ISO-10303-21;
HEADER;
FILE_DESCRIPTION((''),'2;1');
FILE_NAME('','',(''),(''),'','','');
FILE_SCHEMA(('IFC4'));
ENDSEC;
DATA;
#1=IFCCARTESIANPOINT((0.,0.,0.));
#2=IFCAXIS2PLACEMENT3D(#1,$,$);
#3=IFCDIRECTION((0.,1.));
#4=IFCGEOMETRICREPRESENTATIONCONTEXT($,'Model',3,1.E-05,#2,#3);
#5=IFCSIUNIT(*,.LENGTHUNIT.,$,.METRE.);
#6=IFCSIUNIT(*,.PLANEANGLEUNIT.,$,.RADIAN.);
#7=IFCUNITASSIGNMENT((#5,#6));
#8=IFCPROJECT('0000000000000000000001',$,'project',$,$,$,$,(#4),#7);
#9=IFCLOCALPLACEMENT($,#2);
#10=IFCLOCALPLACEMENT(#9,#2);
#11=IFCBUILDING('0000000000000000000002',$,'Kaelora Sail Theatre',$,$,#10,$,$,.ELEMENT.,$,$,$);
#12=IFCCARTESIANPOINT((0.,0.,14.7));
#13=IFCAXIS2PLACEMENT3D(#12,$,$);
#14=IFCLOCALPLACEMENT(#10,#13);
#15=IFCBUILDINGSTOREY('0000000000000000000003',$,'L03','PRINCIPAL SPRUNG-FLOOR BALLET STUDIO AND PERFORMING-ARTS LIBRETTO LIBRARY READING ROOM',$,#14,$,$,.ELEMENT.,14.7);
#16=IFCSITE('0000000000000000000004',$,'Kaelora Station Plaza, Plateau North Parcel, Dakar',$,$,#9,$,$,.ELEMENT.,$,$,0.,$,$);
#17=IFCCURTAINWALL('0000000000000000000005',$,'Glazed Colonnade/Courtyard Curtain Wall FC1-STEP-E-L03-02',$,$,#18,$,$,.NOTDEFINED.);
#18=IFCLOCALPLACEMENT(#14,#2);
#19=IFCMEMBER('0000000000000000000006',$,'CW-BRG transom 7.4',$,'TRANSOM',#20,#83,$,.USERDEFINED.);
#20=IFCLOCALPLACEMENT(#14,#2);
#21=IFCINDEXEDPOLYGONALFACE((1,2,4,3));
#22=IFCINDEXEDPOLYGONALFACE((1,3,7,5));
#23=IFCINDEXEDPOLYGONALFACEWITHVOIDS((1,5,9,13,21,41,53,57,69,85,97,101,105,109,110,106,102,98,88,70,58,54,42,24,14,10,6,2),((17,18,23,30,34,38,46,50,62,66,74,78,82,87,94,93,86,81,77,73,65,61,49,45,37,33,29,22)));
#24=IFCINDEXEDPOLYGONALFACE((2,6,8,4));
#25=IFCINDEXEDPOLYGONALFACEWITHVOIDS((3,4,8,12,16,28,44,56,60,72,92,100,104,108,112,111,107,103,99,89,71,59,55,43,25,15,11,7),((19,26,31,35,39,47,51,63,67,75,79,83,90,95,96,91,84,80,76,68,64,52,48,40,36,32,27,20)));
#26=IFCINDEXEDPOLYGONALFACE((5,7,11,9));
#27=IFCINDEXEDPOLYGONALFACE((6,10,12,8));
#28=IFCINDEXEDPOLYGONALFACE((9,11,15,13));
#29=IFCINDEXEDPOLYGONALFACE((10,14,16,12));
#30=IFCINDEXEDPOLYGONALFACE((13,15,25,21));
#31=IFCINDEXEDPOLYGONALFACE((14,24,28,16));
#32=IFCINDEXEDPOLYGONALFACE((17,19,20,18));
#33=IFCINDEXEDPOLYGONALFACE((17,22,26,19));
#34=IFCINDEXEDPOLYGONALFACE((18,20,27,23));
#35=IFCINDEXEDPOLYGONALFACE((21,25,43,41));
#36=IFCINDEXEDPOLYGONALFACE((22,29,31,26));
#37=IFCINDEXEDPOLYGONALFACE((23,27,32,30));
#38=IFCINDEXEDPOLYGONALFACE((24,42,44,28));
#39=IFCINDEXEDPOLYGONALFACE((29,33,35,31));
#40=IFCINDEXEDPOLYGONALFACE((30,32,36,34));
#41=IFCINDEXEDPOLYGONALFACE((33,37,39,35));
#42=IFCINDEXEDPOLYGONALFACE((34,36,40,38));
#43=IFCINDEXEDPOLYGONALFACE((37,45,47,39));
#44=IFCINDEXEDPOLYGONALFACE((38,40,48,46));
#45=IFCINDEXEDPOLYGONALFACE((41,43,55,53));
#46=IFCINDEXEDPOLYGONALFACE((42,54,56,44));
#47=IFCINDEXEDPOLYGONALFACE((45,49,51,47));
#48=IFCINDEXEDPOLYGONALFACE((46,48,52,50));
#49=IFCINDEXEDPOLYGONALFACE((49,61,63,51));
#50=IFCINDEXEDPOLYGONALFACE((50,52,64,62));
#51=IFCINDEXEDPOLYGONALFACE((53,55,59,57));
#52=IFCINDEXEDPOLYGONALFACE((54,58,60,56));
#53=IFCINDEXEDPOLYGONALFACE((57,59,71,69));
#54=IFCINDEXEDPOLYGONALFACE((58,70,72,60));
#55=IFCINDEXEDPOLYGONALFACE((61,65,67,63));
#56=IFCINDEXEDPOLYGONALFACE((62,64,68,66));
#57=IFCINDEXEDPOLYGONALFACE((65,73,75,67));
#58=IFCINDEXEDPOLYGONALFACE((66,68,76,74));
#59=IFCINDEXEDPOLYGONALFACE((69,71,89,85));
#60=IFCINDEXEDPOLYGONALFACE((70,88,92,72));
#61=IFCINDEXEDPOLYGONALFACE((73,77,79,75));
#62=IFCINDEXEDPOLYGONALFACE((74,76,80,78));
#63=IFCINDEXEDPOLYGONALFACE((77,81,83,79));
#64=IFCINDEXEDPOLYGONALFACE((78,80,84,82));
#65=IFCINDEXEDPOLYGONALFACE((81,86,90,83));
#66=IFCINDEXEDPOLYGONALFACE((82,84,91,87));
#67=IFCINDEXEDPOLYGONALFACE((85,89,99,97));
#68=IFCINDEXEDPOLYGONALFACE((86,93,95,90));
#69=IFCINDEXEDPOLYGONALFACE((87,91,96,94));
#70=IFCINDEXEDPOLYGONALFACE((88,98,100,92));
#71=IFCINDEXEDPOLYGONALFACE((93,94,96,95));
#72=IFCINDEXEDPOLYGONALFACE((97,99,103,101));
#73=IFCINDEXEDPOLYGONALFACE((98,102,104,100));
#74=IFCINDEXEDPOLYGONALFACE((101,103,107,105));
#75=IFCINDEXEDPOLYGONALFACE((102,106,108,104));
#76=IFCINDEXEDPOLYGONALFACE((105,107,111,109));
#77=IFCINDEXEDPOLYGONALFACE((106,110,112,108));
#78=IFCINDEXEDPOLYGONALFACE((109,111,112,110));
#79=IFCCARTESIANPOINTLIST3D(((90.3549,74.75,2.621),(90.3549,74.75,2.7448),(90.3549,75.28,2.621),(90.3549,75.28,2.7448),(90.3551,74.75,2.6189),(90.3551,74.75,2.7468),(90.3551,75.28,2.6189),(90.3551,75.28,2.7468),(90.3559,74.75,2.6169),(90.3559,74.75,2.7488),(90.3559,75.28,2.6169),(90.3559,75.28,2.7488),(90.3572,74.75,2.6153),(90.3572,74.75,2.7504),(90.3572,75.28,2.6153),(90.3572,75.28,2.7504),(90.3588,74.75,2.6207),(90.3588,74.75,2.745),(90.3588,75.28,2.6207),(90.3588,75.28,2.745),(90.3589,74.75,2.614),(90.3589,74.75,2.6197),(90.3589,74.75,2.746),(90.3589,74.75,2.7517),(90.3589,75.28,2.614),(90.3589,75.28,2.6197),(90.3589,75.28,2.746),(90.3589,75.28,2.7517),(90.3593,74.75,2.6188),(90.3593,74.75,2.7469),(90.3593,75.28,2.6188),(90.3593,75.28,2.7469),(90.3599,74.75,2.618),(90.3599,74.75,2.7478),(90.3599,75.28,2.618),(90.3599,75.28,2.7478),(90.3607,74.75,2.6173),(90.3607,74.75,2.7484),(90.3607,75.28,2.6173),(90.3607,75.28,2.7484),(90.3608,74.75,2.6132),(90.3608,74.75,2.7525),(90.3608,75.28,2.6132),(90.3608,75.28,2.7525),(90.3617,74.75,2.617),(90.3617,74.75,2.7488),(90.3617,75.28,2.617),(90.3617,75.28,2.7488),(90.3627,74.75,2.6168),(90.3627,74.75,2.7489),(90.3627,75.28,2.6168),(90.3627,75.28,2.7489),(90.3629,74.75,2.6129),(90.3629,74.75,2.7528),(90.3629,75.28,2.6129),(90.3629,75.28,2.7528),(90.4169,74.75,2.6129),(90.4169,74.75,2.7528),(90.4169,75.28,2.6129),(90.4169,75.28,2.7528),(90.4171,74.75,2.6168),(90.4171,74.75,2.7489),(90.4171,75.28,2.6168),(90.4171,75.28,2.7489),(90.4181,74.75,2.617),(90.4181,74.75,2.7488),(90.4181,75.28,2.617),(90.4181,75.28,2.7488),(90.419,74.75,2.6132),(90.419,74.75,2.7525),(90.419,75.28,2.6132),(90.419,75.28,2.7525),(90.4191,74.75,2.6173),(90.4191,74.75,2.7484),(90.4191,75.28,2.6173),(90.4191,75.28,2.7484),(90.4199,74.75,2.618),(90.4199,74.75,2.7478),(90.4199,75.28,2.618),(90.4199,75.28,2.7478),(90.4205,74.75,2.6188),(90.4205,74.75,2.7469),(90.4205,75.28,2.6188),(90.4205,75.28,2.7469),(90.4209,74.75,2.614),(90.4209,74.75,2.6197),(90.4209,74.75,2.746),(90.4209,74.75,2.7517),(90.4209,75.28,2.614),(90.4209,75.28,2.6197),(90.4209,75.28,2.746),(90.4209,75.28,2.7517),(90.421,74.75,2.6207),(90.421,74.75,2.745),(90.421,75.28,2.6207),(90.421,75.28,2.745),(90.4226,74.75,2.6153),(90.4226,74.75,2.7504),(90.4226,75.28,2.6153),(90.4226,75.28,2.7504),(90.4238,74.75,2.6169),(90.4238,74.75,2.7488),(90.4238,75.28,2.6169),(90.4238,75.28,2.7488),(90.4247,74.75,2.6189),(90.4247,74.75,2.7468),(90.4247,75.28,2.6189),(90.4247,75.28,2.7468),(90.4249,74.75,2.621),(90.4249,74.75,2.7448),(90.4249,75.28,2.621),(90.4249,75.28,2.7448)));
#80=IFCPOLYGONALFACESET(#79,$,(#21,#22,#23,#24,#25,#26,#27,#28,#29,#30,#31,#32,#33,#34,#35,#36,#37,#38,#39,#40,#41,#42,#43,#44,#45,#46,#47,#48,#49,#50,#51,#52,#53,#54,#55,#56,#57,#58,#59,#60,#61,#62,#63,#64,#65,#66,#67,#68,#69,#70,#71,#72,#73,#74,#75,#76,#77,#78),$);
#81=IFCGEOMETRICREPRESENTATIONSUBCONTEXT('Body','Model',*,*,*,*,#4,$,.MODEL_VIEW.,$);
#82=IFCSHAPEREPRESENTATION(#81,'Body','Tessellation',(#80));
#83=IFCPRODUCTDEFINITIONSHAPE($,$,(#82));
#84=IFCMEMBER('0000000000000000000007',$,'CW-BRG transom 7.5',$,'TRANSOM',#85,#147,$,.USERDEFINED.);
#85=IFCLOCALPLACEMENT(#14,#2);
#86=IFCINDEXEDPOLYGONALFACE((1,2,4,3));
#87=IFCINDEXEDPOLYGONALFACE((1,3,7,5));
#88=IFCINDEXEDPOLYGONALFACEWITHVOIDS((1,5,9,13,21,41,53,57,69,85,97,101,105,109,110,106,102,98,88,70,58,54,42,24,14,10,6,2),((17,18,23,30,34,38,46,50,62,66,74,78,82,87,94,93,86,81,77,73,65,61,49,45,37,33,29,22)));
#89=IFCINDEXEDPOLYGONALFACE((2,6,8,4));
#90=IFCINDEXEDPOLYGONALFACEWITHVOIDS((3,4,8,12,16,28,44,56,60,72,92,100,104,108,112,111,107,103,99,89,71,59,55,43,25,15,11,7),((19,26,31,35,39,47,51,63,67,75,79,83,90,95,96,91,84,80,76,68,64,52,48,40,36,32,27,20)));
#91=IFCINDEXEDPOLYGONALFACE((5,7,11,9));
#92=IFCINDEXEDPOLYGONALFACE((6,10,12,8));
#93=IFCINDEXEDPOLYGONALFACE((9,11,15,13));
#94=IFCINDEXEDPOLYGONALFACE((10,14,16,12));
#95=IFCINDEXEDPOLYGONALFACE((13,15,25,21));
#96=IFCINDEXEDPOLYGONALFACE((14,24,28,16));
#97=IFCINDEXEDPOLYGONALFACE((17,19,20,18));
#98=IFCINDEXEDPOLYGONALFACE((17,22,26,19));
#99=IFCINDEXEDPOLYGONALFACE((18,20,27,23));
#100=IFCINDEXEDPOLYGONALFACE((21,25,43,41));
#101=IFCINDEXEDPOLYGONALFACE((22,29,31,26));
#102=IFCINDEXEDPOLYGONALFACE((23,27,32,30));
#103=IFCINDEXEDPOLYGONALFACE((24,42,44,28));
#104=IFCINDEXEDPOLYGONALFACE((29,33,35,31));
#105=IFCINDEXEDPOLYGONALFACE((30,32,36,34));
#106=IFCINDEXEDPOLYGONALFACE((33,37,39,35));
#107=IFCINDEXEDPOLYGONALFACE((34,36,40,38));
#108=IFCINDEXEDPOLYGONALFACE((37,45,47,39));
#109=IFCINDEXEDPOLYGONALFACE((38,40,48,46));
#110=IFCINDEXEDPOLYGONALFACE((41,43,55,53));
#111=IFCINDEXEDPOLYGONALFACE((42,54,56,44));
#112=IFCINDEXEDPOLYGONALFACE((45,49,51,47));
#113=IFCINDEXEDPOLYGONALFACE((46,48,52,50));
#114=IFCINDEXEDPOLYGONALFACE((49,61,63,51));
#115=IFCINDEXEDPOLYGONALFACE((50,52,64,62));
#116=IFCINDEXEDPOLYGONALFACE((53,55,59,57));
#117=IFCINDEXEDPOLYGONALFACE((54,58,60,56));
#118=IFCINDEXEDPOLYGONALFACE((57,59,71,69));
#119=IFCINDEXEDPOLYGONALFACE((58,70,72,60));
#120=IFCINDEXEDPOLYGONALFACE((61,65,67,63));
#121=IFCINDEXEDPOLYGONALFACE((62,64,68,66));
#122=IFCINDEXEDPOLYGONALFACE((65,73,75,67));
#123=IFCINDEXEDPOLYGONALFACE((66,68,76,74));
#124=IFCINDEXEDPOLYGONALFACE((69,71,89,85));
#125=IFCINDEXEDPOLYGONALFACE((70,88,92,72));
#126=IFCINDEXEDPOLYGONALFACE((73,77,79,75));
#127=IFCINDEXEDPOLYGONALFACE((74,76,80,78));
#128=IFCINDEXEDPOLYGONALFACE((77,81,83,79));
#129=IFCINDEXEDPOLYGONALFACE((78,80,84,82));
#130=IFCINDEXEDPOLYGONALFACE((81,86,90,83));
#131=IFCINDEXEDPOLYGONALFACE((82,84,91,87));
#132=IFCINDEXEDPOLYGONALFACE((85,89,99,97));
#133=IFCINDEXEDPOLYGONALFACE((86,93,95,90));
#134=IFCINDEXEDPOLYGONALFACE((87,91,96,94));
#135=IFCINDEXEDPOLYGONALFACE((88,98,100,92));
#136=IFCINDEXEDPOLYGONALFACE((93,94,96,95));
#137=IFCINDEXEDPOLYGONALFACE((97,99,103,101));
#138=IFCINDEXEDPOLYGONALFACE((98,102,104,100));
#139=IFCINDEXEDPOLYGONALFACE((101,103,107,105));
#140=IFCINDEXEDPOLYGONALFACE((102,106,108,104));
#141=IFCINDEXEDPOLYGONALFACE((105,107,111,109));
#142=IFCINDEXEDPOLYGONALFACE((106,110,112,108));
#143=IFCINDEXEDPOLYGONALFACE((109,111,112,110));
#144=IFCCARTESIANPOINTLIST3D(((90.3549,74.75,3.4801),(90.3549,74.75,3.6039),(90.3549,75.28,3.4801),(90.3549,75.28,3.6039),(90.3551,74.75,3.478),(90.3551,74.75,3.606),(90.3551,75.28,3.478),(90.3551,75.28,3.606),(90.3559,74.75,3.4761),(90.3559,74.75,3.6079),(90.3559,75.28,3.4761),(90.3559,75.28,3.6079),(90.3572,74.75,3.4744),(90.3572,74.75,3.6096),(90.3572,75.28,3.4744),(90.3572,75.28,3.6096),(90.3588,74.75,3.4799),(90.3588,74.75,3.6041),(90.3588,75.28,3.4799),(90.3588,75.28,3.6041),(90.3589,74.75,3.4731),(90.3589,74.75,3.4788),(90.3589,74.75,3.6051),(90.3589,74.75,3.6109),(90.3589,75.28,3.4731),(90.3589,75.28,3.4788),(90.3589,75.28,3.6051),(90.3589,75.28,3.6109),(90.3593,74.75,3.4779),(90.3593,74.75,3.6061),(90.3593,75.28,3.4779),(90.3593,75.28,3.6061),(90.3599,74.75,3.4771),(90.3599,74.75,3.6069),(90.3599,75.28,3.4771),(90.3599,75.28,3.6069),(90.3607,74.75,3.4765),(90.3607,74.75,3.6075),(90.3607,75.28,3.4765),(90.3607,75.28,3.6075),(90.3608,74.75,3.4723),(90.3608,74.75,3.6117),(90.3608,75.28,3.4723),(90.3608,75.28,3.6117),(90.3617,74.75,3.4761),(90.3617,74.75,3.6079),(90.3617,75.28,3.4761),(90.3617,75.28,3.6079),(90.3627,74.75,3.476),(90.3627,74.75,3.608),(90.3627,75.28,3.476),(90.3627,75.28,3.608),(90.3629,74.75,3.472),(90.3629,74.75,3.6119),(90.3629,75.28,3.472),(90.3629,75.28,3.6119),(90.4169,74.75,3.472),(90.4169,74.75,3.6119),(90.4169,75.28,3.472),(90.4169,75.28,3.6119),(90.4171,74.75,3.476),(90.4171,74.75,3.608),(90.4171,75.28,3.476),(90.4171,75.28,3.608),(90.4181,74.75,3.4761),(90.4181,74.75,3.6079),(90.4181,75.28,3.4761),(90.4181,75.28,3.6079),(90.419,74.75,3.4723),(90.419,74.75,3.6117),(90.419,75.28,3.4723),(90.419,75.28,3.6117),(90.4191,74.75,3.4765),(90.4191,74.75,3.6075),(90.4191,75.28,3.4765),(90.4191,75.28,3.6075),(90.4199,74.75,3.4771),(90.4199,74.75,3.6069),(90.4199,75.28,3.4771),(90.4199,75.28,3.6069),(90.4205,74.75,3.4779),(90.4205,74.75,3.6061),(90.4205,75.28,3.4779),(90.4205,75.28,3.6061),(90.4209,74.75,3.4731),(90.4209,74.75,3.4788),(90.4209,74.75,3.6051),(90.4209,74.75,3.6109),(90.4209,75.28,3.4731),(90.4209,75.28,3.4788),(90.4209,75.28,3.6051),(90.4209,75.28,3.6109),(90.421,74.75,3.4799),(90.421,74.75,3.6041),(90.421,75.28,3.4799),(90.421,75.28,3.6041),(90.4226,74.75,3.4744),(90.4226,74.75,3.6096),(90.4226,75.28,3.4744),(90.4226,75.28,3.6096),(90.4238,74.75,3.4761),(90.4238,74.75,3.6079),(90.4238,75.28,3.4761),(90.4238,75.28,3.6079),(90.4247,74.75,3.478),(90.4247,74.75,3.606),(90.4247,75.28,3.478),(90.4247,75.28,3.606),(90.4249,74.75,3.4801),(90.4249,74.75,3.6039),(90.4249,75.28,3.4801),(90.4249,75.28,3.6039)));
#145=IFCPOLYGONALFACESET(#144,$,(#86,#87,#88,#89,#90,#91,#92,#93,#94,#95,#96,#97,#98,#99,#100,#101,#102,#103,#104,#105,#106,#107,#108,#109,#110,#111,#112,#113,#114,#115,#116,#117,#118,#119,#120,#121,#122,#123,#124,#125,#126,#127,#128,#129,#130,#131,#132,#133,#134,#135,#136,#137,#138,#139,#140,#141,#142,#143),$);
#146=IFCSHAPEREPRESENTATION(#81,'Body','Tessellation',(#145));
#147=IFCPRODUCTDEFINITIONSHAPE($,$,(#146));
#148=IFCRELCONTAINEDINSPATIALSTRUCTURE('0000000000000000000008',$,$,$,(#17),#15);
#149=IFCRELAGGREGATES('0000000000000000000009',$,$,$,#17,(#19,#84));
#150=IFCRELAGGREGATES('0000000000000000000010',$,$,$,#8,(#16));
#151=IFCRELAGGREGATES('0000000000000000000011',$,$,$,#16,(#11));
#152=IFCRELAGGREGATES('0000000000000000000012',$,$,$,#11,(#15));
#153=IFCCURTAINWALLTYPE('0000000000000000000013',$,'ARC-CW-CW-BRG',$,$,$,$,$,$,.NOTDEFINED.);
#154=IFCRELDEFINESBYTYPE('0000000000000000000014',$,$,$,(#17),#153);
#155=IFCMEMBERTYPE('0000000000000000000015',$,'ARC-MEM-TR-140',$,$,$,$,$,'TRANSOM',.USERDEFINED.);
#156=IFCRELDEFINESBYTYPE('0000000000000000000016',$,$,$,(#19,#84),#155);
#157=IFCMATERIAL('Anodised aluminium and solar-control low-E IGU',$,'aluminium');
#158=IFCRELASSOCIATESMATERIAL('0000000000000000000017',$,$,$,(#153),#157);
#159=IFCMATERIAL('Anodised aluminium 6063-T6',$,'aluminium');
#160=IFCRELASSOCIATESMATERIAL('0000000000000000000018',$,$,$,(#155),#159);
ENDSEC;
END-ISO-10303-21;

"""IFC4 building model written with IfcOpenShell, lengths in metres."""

from ifc_helpers import new_model, si_unit, direction, frame, origin, origin_2d, place, context, subcontext, project, spatial, hollow_rectangle, extrude, material, material_profile, profile_set, type_object, element, aggregate, save


model = new_model("IFC4")

# Units and contexts
model_context = context("Model", 3, precision=1e-05, world=origin(), true_north=direction((0.0, 1.0)))
body_context = subcontext(model_context, "Body", "Model", "MODEL_VIEW")
ifc_project = project(units=[si_unit("LENGTHUNIT", "METRE"), si_unit("PLANEANGLEUNIT", "RADIAN")], contexts=[model_context])

# Site, building, storey
site_placement = place(None, origin())
site = spatial("IfcSite", under=ifc_project, at=site_placement, Name="Kaelora Station Plaza, Plateau North Parcel, Dakar", CompositionType="ELEMENT", RefElevation=0.0)
building_placement = place(site_placement, origin())
building = spatial("IfcBuilding", under=site, at=building_placement, Name="Kaelora Sail Theatre", CompositionType="ELEMENT")
storey_placement = place(building_placement, frame((0.0, 0.0, 14.7)))
storey = spatial("IfcBuildingStorey", under=building, at=storey_placement, Name="L03", Description="PRINCIPAL SPRUNG-FLOOR BALLET STUDIO AND PERFORMING-ARTS LIBRETTO LIBRARY READING ROOM", CompositionType="ELEMENT", Elevation=14.7)

# Curtain wall
ifc_material_1 = material(Name="Anodised aluminium and solar-control low-E IGU", Category="aluminium")
curtain_wall_type = type_object("IfcCurtainWallType", Name="ARC-CW-CW-BRG", PredefinedType="NOTDEFINED", material=ifc_material_1)
curtain_wall_1_placement = place(storey_placement, origin())
curtain_wall_1 = element("IfcCurtainWall", 1, at=curtain_wall_1_placement, inside=storey, type_object=curtain_wall_type, Name="Glazed Colonnade/Courtyard Curtain Wall FC1-STEP-E-L03-02", PredefinedType="NOTDEFINED")

# Members
ifc_material_2 = material(Name="Anodised aluminium 6063-T6", Category="aluminium")
ifc_material_profile_1 = material_profile(ifc_material_2, hollow_rectangle(XDim=0.0701, YDim=0.1399, WallThickness=0.0039, InnerFilletRadius=0.0039, OuterFilletRadius=0.0081, at=origin_2d()), Name="ALU-TRAN 70x140x4")
ifc_profile_set_1 = profile_set([ifc_material_profile_1], Name="Anodised aluminium 6063-T6")
member_type_1 = type_object("IfcMemberType", Name="ARC-MEM-TR-140", ElementType="TRANSOM", PredefinedType="USERDEFINED", material=ifc_profile_set_1)
member_1_placement = place(storey_placement, frame((90.3899, 74.75, 2.6829), z_axis=(0.0, 1.0, 0.0), x_axis=(-1.0, 0.0, 0.0)))
member_1 = element("IfcMember", 2, at=member_1_placement, type_object=member_type_1, Name="CW-BRG transom 7.4", ObjectType="TRANSOM", PredefinedType="USERDEFINED", context=body_context, shape_type="SweptSolid", body=[
    extrude(hollow_rectangle(XDim=0.0701, YDim=0.1399, WallThickness=0.0039, InnerFilletRadius=0.0039, OuterFilletRadius=0.0081, at=origin_2d()), origin(), (0.0, 0.0, 1.0), 0.53),
])
member_2_placement = place(storey_placement, frame((90.3899, 74.75, 3.542), z_axis=(0.0, 1.0, 0.0), x_axis=(-1.0, 0.0, 0.0)))
member_2 = element("IfcMember", 3, at=member_2_placement, type_object=member_type_1, Name="CW-BRG transom 7.5", ObjectType="TRANSOM", PredefinedType="USERDEFINED", context=body_context, shape_type="SweptSolid", body=[
    extrude(hollow_rectangle(XDim=0.0701, YDim=0.1399, WallThickness=0.0039, InnerFilletRadius=0.0039, OuterFilletRadius=0.0081, at=origin_2d()), origin(), (0.0, 0.0, 1.0), 0.53),
])

aggregate(curtain_wall_1, [member_1, member_2])

save(model, "model.ifc")
